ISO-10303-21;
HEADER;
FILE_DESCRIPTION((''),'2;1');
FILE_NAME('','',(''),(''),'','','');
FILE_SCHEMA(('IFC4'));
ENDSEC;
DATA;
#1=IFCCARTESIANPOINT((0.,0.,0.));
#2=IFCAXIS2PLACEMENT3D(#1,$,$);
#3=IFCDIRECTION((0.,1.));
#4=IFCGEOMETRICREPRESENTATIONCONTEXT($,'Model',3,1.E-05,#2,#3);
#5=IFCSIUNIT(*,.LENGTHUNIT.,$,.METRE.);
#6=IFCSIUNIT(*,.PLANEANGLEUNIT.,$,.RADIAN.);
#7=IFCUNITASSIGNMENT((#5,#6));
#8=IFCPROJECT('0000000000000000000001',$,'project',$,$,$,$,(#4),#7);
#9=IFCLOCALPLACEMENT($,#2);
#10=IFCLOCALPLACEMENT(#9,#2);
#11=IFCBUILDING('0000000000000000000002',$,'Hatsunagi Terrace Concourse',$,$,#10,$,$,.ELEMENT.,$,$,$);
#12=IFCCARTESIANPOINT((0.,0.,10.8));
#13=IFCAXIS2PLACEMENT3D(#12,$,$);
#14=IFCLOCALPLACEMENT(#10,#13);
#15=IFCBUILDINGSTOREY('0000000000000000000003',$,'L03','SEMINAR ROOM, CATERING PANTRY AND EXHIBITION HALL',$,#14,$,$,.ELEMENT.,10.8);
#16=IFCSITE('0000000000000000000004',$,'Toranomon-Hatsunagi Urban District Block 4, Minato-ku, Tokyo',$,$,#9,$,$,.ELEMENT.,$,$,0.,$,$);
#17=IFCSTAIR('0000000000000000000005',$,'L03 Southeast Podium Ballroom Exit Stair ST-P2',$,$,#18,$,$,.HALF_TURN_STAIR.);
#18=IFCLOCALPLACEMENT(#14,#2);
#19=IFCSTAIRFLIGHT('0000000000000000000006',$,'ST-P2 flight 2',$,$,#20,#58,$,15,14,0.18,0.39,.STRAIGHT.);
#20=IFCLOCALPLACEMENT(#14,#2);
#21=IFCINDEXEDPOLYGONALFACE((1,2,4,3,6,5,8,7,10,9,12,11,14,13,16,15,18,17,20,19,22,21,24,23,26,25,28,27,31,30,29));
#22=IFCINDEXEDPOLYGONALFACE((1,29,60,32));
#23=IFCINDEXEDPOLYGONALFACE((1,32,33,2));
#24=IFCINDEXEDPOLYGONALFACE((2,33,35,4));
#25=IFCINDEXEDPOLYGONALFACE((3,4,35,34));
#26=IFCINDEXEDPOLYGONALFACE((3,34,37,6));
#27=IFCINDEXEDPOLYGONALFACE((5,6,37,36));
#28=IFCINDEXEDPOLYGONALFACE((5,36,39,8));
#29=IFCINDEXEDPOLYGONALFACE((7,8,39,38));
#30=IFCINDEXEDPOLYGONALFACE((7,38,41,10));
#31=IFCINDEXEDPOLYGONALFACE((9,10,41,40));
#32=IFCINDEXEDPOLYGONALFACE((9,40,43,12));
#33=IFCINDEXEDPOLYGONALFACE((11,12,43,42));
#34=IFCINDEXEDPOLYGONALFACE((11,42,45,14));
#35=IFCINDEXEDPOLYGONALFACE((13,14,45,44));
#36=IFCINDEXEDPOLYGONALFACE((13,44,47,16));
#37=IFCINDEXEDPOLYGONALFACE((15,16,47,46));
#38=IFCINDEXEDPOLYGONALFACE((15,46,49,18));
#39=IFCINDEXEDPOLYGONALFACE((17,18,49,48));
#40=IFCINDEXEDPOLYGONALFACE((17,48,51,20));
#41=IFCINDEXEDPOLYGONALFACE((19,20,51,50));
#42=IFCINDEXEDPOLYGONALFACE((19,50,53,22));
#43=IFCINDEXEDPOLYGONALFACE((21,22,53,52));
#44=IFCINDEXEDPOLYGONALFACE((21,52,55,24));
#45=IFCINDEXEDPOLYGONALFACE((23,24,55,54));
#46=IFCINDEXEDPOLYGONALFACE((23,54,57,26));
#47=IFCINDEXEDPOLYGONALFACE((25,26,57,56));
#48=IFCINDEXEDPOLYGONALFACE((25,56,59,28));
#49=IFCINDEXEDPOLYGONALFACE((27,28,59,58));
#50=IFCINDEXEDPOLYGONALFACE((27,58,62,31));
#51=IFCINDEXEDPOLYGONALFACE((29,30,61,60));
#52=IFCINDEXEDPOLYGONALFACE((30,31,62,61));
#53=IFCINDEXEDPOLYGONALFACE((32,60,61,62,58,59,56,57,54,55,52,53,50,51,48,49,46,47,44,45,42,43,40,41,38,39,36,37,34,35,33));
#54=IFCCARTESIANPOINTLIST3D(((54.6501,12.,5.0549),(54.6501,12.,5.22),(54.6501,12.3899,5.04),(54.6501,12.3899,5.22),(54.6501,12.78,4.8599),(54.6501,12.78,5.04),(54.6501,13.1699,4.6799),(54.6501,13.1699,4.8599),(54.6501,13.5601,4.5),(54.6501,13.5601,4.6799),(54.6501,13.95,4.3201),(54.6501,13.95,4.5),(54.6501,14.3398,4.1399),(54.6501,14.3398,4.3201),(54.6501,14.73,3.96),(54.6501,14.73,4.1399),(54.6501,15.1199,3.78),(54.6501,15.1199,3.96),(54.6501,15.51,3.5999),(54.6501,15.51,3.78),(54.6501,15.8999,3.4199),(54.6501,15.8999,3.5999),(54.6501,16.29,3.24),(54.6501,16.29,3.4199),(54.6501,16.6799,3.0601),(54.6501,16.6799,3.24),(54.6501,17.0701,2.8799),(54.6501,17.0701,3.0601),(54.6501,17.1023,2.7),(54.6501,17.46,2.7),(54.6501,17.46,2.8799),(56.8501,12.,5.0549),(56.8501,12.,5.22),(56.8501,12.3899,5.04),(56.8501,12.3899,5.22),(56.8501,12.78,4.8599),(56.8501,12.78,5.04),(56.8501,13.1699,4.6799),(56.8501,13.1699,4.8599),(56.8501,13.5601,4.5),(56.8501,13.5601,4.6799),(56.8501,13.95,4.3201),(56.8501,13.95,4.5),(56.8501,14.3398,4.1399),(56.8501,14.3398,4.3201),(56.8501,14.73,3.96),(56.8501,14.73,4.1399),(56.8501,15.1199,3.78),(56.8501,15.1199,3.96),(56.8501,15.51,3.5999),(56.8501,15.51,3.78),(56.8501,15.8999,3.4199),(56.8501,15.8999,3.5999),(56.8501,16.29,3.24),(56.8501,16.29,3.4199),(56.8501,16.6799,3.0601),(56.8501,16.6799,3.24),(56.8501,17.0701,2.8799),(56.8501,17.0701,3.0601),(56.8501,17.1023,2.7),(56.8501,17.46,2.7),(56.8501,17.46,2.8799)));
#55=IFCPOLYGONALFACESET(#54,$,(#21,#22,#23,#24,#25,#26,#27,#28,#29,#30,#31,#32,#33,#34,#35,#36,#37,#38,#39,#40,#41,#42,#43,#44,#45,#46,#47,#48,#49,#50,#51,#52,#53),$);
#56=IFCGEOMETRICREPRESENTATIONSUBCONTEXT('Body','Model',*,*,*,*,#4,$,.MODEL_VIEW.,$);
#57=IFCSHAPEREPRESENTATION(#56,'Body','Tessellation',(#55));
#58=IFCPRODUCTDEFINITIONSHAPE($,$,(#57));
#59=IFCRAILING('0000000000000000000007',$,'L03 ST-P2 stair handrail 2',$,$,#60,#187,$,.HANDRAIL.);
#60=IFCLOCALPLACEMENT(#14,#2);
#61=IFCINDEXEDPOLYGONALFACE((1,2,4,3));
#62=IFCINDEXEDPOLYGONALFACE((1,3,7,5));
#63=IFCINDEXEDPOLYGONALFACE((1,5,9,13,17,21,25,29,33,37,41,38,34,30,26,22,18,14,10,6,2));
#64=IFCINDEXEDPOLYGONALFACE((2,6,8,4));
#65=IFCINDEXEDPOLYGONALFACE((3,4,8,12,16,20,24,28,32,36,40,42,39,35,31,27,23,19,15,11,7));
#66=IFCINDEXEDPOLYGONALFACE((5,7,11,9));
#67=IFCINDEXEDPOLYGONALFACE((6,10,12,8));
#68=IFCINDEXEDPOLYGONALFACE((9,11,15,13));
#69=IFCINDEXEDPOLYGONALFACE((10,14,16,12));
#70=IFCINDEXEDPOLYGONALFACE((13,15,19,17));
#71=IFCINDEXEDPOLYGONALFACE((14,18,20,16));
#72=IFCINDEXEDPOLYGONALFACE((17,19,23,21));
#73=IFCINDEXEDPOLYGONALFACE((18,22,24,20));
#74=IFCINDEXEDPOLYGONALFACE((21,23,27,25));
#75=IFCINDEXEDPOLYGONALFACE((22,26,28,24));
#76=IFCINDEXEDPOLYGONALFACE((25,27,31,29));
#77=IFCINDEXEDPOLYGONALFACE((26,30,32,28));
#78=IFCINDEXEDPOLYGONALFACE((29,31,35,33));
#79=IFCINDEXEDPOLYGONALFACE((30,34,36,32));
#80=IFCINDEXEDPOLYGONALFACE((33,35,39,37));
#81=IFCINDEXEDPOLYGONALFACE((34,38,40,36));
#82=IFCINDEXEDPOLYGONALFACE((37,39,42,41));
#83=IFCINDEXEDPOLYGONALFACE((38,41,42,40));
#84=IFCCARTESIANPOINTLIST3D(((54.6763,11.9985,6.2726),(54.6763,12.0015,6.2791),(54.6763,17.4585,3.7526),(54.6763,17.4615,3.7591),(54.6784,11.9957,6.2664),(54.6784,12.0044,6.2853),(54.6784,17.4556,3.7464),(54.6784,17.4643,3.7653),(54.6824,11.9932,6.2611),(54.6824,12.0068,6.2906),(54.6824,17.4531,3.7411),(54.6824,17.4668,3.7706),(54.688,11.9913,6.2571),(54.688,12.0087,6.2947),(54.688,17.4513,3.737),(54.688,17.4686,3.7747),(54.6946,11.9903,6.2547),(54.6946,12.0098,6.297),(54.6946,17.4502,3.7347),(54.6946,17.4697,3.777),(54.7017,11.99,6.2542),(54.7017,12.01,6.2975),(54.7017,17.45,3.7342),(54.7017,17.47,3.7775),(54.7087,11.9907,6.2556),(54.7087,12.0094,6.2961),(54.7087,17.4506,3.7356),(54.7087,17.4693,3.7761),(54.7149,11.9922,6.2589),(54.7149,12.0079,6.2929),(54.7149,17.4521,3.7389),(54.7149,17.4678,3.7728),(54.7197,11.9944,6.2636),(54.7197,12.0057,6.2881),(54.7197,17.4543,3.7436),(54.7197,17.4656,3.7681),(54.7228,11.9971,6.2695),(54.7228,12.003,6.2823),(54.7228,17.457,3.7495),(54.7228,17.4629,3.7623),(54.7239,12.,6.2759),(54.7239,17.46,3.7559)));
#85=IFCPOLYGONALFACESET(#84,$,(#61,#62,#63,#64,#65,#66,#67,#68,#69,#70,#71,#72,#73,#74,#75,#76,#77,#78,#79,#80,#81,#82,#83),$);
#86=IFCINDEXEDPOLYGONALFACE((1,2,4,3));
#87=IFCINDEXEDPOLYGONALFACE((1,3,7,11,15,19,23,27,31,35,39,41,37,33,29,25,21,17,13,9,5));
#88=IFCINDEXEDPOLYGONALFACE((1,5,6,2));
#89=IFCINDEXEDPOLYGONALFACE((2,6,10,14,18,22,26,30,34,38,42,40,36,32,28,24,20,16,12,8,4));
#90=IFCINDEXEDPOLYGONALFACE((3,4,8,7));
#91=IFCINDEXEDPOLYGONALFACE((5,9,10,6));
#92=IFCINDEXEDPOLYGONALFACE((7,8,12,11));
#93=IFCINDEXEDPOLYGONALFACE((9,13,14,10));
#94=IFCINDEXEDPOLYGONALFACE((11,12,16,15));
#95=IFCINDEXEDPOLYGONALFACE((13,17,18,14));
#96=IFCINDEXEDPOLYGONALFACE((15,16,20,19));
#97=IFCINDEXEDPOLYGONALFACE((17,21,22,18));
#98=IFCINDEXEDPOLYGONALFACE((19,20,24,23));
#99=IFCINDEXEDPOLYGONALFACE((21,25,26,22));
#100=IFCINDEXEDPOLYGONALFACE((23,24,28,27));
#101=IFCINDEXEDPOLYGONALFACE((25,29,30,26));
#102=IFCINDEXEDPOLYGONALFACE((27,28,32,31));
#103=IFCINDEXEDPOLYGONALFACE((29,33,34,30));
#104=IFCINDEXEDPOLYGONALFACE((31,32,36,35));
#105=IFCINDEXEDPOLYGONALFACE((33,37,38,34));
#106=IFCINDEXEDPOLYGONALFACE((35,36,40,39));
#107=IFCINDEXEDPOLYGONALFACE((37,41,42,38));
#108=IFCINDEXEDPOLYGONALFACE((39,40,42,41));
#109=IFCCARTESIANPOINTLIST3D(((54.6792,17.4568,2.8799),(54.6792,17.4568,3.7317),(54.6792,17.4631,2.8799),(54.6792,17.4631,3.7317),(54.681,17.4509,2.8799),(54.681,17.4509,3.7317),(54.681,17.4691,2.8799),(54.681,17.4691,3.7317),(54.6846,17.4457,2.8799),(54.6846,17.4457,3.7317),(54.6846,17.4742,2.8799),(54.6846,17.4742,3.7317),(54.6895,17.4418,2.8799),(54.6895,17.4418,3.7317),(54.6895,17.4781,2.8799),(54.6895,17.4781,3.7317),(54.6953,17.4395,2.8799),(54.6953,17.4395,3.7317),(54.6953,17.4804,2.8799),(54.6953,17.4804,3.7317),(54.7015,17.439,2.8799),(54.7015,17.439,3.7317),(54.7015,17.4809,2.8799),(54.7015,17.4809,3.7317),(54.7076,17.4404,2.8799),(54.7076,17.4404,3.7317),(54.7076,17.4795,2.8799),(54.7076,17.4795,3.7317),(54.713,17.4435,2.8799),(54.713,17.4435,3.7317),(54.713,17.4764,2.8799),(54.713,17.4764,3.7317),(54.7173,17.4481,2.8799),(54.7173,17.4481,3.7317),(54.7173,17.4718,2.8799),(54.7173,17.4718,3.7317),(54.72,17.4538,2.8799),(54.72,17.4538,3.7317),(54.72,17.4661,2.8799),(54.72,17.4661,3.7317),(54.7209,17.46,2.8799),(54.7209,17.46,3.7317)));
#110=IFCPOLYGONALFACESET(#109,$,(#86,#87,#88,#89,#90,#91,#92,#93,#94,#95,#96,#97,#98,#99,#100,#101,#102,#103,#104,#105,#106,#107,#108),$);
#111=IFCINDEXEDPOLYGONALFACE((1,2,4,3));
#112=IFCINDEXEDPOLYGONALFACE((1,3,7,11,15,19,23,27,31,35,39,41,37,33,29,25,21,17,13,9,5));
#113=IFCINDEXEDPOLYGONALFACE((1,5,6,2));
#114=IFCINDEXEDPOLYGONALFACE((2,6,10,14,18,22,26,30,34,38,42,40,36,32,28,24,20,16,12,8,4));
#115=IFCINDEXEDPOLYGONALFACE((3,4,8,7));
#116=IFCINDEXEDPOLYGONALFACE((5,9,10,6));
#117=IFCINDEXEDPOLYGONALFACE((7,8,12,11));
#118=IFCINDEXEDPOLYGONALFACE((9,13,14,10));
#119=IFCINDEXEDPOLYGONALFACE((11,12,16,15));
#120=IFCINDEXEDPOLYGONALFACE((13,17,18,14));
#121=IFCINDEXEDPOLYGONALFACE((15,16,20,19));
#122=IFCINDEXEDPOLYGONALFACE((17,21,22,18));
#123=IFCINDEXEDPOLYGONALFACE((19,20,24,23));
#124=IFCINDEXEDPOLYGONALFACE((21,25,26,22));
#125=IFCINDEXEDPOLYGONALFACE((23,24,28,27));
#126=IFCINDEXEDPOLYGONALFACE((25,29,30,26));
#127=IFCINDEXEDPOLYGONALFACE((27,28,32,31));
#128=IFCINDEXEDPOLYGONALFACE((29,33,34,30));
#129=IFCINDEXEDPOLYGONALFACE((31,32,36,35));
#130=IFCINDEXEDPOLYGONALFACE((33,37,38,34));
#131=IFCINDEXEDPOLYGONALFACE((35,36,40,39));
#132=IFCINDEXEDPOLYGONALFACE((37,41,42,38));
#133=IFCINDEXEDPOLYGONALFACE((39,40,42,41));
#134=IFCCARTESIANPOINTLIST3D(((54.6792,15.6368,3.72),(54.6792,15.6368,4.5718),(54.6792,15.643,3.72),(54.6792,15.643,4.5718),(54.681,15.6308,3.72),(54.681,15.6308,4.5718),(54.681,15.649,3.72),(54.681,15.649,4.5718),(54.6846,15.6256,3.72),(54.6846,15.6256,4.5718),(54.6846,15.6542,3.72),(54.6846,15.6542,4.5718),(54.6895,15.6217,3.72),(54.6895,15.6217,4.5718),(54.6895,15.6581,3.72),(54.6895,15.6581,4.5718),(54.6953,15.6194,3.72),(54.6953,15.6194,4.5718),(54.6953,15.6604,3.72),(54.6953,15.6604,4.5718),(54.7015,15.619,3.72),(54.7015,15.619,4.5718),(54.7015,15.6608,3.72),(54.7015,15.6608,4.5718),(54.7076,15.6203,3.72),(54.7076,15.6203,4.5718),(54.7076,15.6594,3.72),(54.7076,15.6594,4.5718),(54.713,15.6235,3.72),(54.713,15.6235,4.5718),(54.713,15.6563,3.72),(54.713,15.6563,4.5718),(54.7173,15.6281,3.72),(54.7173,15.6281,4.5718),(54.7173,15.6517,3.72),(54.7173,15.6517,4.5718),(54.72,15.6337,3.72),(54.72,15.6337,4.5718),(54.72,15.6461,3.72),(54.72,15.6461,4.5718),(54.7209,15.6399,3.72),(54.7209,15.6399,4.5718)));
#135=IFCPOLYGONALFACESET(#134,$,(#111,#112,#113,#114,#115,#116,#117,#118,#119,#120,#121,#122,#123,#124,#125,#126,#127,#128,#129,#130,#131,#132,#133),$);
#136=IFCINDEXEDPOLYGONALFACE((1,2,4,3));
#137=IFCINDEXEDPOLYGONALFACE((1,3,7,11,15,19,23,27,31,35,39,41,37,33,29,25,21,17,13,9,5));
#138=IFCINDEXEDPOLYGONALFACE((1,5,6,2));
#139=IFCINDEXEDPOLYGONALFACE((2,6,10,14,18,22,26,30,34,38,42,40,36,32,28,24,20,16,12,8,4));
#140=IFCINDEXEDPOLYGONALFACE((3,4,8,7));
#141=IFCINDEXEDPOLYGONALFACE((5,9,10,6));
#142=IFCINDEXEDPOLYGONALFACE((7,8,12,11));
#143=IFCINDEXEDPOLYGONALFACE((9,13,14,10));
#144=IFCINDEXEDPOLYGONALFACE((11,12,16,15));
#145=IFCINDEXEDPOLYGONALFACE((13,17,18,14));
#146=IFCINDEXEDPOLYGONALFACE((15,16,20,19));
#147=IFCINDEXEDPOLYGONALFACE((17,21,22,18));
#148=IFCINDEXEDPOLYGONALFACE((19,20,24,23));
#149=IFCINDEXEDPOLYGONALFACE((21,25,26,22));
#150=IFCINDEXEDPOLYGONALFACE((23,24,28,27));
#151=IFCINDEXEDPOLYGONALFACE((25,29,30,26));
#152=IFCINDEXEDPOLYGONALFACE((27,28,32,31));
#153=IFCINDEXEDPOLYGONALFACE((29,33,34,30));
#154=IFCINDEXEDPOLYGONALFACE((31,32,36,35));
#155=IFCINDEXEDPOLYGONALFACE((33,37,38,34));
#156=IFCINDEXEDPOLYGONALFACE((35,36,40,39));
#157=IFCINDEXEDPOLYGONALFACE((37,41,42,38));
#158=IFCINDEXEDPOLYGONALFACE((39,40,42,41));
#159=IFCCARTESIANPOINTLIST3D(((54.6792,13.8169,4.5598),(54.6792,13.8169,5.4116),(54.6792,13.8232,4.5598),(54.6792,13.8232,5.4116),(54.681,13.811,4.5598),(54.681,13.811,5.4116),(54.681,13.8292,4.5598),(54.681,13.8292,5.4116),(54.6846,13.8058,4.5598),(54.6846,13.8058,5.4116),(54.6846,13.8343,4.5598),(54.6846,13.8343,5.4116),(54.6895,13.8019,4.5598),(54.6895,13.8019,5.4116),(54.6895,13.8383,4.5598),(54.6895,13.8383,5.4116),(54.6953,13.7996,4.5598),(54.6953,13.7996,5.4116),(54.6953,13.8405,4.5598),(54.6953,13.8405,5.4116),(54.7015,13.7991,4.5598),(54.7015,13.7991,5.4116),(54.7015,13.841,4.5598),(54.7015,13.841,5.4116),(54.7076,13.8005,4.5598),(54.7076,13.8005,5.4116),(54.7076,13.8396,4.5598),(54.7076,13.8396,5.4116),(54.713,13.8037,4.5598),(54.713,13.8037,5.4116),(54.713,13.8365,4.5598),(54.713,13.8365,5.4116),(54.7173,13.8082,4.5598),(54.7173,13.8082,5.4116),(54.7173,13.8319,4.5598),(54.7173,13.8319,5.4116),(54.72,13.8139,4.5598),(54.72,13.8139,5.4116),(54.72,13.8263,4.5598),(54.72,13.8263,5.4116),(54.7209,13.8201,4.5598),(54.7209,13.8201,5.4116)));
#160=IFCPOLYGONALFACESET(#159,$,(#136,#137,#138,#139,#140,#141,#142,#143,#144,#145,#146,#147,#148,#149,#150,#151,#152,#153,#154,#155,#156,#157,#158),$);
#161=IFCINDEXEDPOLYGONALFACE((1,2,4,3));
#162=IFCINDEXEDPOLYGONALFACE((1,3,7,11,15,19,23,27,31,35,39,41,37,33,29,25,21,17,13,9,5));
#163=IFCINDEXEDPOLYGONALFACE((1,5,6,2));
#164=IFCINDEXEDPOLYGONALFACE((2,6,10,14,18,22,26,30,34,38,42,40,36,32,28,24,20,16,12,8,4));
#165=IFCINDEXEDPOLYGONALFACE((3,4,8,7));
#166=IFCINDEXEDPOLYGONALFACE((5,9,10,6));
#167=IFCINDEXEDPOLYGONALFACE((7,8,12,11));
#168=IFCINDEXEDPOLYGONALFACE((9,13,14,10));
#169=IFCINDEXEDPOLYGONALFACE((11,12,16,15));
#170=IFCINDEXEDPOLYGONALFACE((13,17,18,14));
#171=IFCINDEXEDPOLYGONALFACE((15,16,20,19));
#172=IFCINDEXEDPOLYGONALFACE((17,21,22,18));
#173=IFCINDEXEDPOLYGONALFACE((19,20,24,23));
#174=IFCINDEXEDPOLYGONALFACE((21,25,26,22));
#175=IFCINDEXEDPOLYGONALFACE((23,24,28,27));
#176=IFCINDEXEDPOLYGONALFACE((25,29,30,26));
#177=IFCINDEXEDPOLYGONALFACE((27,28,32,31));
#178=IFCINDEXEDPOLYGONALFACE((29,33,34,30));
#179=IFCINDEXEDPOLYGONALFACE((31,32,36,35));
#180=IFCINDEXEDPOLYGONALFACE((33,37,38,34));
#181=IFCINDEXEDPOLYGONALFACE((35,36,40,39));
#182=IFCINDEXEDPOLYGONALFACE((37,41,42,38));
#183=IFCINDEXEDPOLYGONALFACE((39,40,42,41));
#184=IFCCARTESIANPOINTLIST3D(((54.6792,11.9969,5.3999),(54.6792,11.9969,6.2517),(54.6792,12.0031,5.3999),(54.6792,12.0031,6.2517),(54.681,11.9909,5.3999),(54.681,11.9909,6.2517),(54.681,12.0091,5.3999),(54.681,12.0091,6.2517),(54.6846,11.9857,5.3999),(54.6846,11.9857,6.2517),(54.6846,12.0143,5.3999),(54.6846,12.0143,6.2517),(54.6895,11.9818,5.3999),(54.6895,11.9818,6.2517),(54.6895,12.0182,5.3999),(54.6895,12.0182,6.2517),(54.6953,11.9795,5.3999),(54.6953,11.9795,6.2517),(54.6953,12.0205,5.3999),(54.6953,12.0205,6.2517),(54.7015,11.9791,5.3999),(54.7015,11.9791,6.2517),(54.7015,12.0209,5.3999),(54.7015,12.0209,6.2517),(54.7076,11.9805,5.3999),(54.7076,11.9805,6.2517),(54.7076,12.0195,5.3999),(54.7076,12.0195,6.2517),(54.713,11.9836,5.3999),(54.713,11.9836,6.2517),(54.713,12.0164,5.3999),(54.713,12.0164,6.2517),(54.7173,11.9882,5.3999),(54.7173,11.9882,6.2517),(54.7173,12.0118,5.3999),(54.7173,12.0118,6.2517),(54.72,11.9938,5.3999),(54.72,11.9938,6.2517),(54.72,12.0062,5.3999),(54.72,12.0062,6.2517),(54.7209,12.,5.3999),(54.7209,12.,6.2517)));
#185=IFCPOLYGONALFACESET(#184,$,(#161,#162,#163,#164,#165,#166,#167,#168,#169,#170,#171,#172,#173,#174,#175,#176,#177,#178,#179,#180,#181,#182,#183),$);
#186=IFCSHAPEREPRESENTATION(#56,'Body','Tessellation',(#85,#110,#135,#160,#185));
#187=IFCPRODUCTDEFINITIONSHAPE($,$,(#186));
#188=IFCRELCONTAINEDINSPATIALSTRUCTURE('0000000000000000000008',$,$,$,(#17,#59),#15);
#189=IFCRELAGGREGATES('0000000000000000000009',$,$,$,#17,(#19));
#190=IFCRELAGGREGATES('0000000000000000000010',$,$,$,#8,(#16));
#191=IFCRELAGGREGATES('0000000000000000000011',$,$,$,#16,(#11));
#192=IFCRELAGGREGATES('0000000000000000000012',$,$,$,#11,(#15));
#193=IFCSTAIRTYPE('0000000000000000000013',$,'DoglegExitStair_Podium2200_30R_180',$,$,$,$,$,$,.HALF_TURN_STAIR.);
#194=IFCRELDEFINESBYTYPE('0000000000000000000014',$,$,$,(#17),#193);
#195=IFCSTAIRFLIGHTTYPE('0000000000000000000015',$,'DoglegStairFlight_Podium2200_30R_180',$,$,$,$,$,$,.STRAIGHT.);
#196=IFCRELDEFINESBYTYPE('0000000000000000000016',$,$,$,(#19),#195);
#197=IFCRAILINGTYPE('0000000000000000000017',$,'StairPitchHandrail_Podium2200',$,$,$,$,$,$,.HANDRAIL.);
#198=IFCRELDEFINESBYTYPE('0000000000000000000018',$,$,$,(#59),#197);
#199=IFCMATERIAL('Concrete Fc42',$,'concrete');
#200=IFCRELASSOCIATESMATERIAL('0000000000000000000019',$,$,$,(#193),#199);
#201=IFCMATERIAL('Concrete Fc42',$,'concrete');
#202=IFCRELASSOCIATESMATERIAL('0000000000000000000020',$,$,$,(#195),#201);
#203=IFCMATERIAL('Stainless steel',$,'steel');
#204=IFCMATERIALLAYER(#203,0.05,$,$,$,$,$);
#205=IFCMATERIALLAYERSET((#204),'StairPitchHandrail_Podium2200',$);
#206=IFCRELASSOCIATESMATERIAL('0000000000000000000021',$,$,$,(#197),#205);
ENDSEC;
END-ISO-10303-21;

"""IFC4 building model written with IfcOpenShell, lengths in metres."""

from ifc_helpers import new_model, si_unit, direction, frame, origin, origin_2d, place, context, subcontext, project, spatial, polyline, circle, outline, extrude, material, layer, layer_set, type_object, element, aggregate, save


model = new_model("IFC4")

# Units and contexts
model_context = context("Model", 3, precision=1e-05, world=origin(), true_north=direction((0.0, 1.0)))
body_context = subcontext(model_context, "Body", "Model", "MODEL_VIEW")
ifc_project = project(units=[si_unit("LENGTHUNIT", "METRE"), si_unit("PLANEANGLEUNIT", "RADIAN")], contexts=[model_context])

# Site, building, storey
site_placement = place(None, origin())
site = spatial("IfcSite", under=ifc_project, at=site_placement, Name="Toranomon-Hatsunagi Urban District Block 4, Minato-ku, Tokyo", CompositionType="ELEMENT", RefElevation=0.0)
building_placement = place(site_placement, origin())
building = spatial("IfcBuilding", under=site, at=building_placement, Name="Hatsunagi Terrace Concourse", CompositionType="ELEMENT")
storey_placement = place(building_placement, frame((0.0, 0.0, 10.8)))
storey = spatial("IfcBuildingStorey", under=building, at=storey_placement, Name="L03", Description="SEMINAR ROOM, CATERING PANTRY AND EXHIBITION HALL", CompositionType="ELEMENT", Elevation=10.8)

# Stair, stair flight
ifc_material_1 = material(Name="Concrete Fc42", Category="concrete")
stair_type = type_object("IfcStairType", Name="DoglegExitStair_Podium2200_30R_180", PredefinedType="HALF_TURN_STAIR", material=ifc_material_1)
stair_placement = place(storey_placement, origin())
stair = element("IfcStair", 1, at=stair_placement, inside=storey, type_object=stair_type, Name="L03 Southeast Podium Ballroom Exit Stair ST-P2", PredefinedType="HALF_TURN_STAIR")
ifc_material_2 = material(Name="Concrete Fc42", Category="concrete")
stair_flight_type = type_object("IfcStairFlightType", Name="DoglegStairFlight_Podium2200_30R_180", PredefinedType="STRAIGHT", material=ifc_material_2)
stair_flight_placement = place(storey_placement, frame((55.75, 17.46, 2.7), z_axis=(0.0, 0.0, 1.0), x_axis=(0.0, -1.0, 0.0)))
stair_flight = element("IfcStairFlight", 2, at=stair_flight_placement, type_object=stair_flight_type, Name="ST-P2 flight 2", NumberOfRisers=15, NumberOfTreads=14, PredefinedType="STRAIGHT", RiserHeight=0.18, TreadLength=0.39, context=body_context, shape_type="SweptSolid", body=[
    extrude(outline(polyline([(0.0, 0.0), (0.0, 0.1799), (0.3899, 0.1799), (0.3899, 0.3601), (0.78, 0.3601), (0.78, 0.54), (1.1699, 0.54), (1.1699, 0.72), (1.5601, 0.72), (1.5601, 0.8999), (1.95, 0.8999), (1.95, 1.0801), (2.3401, 1.0801), (2.3401, 1.26), (2.73, 1.26), (2.73, 1.4399), (3.1201, 1.4399), (3.1201, 1.6201), (3.51, 1.6201), (3.51, 1.8), (3.8999, 1.8), (3.8999, 1.98), (4.29, 1.98), (4.29, 2.1599), (4.6799, 2.1599), (4.6799, 2.3401), (5.0701, 2.3401), (5.0701, 2.52), (5.46, 2.52), (5.46, 2.7), (5.46, 2.355), (0.3577, 0.0), (0.0, 0.0)])), frame((0.0, 1.1001, 0.0), z_axis=(0.0, -1.0, 0.0), x_axis=(1.0, 0.0, 0.0)), (0.0, 0.0, 1.0), 2.2),
])
aggregate(stair, [stair_flight])

# Railing
ifc_material_3 = material(Name="Stainless steel", Category="steel")
ifc_layer_1 = layer(ifc_material_3, 0.05)
ifc_layer_set_1 = layer_set([ifc_layer_1], Name="StairPitchHandrail_Podium2200")
railing_type_1 = type_object("IfcRailingType", Name="StairPitchHandrail_Podium2200", PredefinedType="HANDRAIL", material=ifc_layer_set_1)
railing_1_placement = place(storey_placement, frame((54.7, 17.46, 2.8799)))
element("IfcRailing", 3, at=railing_1_placement, inside=storey, type_object=railing_type_1, Name="L03 ST-P2 stair handrail 2", PredefinedType="HANDRAIL", context=body_context, shape_type="SweptSolid", body=[
    extrude(circle(Radius=0.0239, at=origin_2d()), frame((0.0, 0.0, 0.876), z_axis=(0.0, -0.907957, 0.419063), x_axis=(1.0, 0.0, 0.0)), (0.0, 0.0, 1.0), 6.0134),
    extrude(circle(Radius=0.021, at=origin_2d()), origin(), (0.0, 0.0, 1.0), 0.8518),
    extrude(circle(Radius=0.021, at=origin_2d()), frame((0.0, -1.8201, 0.8401)), (0.0, 0.0, 1.0), 0.8518),
    extrude(circle(Radius=0.021, at=origin_2d()), frame((0.0, -3.6399, 1.6799)), (0.0, 0.0, 1.0), 0.8518),
    extrude(circle(Radius=0.021, at=origin_2d()), frame((0.0, -5.46, 2.52)), (0.0, 0.0, 1.0), 0.8518),
])

save(model, "model.ifc")
